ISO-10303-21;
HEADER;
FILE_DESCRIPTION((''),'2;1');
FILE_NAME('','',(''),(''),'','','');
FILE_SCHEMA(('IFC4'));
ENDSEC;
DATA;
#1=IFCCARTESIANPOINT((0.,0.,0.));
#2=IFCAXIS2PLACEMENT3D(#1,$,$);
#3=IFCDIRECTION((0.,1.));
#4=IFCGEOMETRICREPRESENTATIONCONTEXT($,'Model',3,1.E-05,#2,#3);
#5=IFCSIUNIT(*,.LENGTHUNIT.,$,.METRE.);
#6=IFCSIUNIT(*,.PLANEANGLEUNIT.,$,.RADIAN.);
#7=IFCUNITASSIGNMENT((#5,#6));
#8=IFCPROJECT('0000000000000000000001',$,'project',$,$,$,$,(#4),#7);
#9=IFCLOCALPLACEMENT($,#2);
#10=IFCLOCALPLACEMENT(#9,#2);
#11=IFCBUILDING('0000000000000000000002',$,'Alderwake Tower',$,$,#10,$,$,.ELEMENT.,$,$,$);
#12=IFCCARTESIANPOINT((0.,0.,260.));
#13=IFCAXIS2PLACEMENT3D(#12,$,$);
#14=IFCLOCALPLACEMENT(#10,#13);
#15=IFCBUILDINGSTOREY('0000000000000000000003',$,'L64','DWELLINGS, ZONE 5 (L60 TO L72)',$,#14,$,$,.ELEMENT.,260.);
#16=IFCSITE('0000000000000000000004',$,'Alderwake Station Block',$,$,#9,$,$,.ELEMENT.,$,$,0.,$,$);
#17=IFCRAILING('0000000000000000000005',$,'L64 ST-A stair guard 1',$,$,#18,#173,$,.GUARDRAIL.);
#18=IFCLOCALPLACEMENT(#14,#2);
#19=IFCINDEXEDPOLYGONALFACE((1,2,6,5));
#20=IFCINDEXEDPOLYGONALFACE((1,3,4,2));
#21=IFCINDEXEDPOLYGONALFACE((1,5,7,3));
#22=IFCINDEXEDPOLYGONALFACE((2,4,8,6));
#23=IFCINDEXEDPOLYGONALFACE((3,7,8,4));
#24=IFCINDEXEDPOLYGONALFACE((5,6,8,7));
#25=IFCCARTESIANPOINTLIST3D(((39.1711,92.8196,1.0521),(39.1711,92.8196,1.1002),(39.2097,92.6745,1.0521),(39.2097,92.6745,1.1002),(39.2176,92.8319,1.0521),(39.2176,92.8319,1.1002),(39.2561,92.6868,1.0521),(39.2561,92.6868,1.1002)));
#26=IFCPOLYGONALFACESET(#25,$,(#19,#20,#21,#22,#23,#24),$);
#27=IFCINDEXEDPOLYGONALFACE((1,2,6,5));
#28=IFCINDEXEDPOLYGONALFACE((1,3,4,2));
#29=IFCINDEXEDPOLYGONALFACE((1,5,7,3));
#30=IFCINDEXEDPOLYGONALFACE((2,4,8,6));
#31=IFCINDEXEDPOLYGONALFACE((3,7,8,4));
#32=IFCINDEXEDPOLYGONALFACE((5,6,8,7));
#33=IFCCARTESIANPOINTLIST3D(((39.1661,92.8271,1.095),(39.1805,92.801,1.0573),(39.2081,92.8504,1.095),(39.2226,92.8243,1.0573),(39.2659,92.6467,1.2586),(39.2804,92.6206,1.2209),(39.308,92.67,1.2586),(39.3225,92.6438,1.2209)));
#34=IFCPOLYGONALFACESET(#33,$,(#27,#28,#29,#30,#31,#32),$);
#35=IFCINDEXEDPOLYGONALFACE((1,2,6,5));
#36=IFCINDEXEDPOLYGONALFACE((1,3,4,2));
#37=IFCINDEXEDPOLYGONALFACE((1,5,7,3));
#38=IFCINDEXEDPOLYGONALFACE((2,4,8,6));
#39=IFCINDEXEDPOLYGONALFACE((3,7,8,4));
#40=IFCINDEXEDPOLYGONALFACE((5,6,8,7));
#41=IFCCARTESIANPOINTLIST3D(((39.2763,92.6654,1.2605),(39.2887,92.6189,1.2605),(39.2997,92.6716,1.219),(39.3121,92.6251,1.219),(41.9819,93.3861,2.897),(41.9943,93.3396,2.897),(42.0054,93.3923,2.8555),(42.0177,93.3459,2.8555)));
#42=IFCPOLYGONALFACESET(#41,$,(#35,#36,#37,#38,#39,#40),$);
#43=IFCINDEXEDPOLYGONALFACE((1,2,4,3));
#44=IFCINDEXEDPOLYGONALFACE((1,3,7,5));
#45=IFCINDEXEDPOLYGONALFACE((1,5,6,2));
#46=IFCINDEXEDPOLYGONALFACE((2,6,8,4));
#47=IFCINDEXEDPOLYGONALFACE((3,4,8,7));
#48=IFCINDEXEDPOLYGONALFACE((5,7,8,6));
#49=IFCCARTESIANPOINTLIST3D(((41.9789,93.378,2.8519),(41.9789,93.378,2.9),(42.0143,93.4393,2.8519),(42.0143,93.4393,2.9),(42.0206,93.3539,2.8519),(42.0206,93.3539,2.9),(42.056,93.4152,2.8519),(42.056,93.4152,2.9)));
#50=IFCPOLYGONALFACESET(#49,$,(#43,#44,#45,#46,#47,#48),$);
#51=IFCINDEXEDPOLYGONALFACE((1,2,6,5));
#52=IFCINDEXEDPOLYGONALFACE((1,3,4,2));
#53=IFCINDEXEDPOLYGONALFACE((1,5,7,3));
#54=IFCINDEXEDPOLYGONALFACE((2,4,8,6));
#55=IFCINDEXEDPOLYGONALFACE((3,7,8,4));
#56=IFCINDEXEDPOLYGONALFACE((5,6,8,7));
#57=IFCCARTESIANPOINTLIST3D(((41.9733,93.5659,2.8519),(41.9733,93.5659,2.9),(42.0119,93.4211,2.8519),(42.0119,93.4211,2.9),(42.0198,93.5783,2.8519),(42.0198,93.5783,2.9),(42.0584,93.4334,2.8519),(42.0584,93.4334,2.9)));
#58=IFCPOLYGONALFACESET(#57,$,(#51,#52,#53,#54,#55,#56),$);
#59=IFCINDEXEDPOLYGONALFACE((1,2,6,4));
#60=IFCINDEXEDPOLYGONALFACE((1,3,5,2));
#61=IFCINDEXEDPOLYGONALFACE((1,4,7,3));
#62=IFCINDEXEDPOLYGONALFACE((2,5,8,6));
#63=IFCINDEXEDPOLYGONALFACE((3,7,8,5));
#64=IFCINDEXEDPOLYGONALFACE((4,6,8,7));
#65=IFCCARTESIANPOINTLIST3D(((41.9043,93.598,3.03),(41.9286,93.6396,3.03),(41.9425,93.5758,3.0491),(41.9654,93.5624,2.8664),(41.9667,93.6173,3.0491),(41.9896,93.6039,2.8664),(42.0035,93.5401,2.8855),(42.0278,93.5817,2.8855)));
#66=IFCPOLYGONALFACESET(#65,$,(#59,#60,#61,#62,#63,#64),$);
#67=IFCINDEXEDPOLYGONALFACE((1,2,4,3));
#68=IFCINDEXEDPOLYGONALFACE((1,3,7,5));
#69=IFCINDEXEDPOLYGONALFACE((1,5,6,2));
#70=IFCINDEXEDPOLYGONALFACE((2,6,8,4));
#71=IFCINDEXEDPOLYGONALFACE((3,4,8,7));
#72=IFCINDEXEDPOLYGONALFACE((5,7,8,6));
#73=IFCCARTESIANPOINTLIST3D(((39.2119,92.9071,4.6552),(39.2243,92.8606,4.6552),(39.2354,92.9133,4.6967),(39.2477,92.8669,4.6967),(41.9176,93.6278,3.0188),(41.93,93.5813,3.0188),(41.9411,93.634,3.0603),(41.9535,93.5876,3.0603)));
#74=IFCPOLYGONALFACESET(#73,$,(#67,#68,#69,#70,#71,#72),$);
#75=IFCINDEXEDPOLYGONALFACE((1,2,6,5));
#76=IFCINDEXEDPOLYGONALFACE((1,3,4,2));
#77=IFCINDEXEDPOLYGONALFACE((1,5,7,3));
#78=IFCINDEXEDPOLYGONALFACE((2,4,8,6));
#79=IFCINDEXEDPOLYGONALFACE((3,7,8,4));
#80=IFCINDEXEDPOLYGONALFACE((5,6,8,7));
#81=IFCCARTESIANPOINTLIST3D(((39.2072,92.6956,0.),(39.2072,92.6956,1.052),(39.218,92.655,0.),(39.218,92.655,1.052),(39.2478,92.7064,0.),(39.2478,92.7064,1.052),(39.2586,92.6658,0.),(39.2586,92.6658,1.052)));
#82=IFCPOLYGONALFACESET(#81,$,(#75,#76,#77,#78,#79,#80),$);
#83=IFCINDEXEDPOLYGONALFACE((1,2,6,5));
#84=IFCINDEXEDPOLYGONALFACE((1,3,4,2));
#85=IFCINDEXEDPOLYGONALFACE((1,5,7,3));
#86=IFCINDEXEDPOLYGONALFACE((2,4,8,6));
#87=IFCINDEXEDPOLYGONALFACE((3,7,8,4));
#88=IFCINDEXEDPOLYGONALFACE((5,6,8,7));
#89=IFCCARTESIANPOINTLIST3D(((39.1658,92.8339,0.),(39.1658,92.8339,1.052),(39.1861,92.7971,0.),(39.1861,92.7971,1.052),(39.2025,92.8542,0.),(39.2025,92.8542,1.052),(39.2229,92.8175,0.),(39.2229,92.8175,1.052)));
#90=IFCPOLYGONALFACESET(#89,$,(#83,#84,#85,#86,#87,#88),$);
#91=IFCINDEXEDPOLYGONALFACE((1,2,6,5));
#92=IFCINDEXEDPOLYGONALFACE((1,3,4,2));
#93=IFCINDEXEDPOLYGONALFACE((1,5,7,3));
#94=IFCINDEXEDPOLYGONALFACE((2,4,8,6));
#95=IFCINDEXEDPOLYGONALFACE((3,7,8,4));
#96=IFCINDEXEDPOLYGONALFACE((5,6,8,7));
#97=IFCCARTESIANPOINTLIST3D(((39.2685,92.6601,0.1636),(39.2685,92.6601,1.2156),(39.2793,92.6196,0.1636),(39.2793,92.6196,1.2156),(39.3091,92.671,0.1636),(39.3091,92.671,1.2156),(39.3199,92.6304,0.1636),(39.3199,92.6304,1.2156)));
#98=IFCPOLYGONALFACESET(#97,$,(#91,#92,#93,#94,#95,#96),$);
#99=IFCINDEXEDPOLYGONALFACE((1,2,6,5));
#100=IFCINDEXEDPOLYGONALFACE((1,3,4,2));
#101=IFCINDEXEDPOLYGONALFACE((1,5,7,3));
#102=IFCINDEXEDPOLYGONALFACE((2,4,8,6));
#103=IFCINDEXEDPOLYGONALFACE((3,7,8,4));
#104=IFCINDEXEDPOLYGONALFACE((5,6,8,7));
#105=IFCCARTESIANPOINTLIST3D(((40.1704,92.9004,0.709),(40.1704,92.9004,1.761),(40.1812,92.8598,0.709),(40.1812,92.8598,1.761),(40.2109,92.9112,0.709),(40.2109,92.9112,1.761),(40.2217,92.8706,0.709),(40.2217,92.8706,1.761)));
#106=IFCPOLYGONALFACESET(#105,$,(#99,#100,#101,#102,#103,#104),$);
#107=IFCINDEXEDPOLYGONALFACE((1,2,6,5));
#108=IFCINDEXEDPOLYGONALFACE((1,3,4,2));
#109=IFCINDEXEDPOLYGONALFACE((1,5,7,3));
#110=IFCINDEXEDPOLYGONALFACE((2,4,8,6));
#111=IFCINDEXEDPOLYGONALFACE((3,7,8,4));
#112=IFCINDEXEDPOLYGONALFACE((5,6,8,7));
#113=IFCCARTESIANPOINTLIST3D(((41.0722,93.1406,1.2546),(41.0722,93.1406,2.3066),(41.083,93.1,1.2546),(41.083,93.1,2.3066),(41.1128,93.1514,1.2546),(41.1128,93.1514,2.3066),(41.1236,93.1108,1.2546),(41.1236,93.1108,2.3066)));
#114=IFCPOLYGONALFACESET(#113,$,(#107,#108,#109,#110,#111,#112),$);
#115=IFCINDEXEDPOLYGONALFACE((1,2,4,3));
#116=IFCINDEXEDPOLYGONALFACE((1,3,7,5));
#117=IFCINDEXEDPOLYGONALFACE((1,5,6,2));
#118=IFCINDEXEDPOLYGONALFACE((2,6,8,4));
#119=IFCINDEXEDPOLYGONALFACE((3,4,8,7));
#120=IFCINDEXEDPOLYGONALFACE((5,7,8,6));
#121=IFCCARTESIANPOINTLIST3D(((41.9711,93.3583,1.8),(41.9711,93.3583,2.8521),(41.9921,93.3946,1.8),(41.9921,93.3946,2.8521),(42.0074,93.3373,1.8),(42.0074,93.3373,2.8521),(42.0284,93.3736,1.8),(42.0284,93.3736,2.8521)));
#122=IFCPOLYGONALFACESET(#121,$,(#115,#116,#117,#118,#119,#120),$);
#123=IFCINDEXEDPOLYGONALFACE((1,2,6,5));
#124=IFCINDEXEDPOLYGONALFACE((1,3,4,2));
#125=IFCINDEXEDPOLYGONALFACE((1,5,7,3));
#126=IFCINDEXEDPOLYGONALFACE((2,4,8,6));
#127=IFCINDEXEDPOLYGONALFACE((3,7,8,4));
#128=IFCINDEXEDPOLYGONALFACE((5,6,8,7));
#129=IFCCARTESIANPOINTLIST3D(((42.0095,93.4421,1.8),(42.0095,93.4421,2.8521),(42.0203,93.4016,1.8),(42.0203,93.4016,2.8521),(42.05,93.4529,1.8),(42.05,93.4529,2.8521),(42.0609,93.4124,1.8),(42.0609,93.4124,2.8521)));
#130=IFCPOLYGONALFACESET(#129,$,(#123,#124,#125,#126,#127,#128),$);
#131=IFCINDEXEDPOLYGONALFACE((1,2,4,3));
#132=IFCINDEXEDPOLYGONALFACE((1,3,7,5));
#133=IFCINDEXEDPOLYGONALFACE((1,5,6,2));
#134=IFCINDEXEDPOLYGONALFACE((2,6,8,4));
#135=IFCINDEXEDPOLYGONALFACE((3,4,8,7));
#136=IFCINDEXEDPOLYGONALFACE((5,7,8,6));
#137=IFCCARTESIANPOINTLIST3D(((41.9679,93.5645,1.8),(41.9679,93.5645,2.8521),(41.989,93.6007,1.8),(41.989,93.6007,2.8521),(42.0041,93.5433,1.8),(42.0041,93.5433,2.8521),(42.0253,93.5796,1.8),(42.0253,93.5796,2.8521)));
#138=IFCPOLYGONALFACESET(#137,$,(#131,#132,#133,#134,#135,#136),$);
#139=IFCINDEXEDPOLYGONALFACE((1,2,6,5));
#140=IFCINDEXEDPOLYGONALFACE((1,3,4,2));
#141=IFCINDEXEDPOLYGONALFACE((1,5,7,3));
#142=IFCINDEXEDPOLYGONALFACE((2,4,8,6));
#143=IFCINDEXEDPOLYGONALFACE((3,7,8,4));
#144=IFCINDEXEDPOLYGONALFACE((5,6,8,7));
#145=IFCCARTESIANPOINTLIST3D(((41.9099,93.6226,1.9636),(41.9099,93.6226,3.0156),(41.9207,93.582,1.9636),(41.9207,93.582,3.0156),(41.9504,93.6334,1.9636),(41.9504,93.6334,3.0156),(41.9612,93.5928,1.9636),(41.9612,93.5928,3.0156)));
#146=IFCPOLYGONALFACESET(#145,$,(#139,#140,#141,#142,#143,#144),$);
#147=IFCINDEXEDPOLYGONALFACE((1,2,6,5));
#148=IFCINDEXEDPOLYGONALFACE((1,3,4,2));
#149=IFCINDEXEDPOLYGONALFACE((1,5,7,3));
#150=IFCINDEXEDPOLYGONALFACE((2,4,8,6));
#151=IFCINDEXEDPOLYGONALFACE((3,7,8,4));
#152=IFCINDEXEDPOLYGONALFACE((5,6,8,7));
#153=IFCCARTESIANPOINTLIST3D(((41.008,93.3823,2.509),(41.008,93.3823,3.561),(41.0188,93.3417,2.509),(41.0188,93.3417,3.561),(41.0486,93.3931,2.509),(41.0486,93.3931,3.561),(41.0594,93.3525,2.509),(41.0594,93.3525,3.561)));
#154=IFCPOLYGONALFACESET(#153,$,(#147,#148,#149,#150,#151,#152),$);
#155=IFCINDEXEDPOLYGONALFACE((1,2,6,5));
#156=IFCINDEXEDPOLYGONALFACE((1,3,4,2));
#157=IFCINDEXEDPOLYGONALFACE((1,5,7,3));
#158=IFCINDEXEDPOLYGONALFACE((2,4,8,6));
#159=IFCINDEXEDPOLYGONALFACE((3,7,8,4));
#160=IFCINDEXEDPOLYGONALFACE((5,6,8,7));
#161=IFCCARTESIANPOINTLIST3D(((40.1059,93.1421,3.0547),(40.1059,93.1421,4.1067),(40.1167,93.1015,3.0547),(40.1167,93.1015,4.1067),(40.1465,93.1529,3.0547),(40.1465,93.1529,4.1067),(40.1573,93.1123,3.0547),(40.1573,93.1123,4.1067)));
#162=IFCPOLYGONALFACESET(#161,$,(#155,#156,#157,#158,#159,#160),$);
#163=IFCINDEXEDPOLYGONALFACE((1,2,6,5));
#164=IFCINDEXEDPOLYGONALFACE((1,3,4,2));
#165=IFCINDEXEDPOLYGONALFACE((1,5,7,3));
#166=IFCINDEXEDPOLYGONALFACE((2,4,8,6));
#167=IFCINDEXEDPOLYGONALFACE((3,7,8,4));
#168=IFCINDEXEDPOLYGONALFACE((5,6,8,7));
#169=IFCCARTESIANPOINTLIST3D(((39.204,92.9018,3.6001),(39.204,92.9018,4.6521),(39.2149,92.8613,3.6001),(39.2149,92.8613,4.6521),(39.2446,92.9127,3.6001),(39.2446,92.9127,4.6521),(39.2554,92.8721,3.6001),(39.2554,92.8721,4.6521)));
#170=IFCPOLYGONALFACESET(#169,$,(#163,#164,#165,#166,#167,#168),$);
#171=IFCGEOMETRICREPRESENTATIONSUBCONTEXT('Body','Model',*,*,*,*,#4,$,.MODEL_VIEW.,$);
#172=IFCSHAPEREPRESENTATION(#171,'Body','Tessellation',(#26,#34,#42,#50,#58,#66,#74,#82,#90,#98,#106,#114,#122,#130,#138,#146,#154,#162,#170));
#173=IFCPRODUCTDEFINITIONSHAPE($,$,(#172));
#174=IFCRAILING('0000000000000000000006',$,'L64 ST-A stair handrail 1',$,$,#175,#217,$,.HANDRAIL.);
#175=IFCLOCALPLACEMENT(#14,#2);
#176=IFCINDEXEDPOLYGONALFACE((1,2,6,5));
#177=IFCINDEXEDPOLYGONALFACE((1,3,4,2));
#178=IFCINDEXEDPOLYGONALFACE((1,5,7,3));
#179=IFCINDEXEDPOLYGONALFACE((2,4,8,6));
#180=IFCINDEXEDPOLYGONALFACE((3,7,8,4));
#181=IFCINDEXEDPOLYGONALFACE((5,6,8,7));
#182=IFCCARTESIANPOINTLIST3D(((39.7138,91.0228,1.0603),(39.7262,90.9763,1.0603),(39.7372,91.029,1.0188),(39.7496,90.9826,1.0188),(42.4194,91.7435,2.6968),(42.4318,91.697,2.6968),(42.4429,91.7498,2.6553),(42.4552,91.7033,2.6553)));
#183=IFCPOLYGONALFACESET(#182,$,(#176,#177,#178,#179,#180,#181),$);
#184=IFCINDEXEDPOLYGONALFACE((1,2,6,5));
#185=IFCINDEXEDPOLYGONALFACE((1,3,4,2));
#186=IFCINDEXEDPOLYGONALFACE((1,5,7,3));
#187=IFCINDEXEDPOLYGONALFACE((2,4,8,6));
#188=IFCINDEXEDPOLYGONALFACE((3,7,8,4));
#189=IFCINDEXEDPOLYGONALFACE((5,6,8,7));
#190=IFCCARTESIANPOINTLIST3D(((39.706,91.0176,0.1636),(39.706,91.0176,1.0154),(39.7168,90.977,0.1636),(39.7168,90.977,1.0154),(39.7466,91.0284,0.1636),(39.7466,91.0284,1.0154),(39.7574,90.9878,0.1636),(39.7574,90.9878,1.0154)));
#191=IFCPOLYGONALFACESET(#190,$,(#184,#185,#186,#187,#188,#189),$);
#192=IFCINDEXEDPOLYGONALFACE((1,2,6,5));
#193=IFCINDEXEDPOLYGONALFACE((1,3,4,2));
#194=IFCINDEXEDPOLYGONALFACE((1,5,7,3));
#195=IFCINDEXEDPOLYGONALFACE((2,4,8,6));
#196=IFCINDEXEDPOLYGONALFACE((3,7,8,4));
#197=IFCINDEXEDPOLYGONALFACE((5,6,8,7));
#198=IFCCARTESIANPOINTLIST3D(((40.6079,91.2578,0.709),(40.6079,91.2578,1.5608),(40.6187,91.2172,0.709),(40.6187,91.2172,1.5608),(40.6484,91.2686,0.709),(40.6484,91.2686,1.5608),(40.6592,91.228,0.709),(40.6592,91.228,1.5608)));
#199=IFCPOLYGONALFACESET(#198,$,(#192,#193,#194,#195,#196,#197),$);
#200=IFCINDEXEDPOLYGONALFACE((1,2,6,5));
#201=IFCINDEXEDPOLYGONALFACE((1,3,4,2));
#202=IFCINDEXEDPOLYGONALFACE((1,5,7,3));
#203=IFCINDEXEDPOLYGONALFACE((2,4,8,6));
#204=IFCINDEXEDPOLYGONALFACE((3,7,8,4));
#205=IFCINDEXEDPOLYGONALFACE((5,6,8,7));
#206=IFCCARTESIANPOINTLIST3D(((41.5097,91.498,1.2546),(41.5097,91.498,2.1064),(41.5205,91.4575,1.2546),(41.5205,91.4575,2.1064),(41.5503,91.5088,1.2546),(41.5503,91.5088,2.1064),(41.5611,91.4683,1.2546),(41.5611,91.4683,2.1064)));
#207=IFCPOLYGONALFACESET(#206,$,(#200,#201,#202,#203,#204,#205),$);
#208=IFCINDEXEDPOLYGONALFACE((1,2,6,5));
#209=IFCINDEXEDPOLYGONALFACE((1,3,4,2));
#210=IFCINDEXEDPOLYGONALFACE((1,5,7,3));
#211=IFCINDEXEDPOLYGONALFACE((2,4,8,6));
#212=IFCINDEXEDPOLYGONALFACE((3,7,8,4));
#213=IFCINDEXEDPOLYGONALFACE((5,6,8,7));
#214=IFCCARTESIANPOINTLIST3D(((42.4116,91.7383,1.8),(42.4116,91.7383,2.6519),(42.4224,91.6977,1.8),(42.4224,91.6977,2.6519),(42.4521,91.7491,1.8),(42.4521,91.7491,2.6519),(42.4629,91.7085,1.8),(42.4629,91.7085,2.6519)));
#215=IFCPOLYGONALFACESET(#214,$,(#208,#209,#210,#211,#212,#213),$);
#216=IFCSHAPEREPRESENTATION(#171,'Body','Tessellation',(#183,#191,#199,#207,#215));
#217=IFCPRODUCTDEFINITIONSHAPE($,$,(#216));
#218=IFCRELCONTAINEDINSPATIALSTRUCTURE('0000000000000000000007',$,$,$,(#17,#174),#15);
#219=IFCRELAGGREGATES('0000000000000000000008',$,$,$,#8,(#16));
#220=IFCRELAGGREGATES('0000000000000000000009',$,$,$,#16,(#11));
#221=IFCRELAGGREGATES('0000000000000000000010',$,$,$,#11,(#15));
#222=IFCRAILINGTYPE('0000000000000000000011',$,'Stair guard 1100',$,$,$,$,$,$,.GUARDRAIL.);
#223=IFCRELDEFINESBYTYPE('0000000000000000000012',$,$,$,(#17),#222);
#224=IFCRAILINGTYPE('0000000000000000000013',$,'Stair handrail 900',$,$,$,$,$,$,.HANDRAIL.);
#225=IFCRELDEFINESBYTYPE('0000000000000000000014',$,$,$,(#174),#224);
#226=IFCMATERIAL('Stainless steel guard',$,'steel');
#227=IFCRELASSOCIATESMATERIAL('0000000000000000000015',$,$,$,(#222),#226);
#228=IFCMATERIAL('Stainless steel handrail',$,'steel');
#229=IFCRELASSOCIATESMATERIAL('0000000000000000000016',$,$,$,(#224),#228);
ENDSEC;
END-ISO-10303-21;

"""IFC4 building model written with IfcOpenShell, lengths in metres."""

from ifc_helpers import new_model, si_unit, direction, frame, origin, origin_2d, place, context, subcontext, project, spatial, rectangle, extrude, material, type_object, element, save


model = new_model("IFC4")

# Units and contexts
model_context = context("Model", 3, precision=1e-05, world=origin(), true_north=direction((0.0, 1.0)))
body_context = subcontext(model_context, "Body", "Model", "MODEL_VIEW")
ifc_project = project(units=[si_unit("LENGTHUNIT", "METRE"), si_unit("PLANEANGLEUNIT", "RADIAN")], contexts=[model_context])

# Site, building, storey
site_placement = place(None, origin())
site = spatial("IfcSite", under=ifc_project, at=site_placement, Name="Alderwake Station Block", CompositionType="ELEMENT", RefElevation=0.0)
building_placement = place(site_placement, origin())
building = spatial("IfcBuilding", under=site, at=building_placement, Name="Alderwake Tower", CompositionType="ELEMENT")
storey_placement = place(building_placement, frame((0.0, 0.0, 260.0)))
storey = spatial("IfcBuildingStorey", under=building, at=storey_placement, Name="L64", Description="DWELLINGS, ZONE 5 (L60 TO L72)", CompositionType="ELEMENT", Elevation=260.0)

# Railings
ifc_material_1 = material(Name="Stainless steel guard", Category="steel")
railing_type_1 = type_object("IfcRailingType", Name="Stair guard 1100", PredefinedType="GUARDRAIL", material=ifc_material_1)
railing_1_placement = place(storey_placement, frame((39.2329, 92.6807, 0.0)))
element("IfcRailing", 1, at=railing_1_placement, inside=storey, type_object=railing_type_1, Name="L64 ST-A stair guard 1", PredefinedType="GUARDRAIL", context=body_context, shape_type="SweptSolid", body=[
    extrude(rectangle(XDim=0.0481, YDim=0.0481, at=origin_2d()), frame((0.0, 0.0, 1.0762), z_axis=(-0.257055, 0.966397, 0.0), x_axis=(-0.966397, -0.257055, 0.0)), (0.0, 0.0, 1.0), 0.1501),
    extrude(rectangle(XDim=0.0481, YDim=0.0481, at=origin_2d()), frame((-0.0386, 0.145, 1.0762), z_axis=(0.379371, -0.685464, 0.621463), x_axis=(0.874938, 0.484235, 0.0)), (0.0, 0.0, 1.0), 0.2632),
    extrude(rectangle(XDim=0.0481, YDim=0.0481, at=origin_2d()), frame((0.0613, -0.0354, 1.2397), z_axis=(0.834259, 0.222228, 0.504605), x_axis=(-0.257402, 0.966304, 0.0)), (0.0, 0.0, 1.0), 3.2432),
    extrude(rectangle(XDim=0.0481, YDim=0.0481, at=origin_2d()), frame((2.7668, 0.6853, 2.876), z_axis=(0.50022, 0.865898, 0.0), x_axis=(-0.865898, 0.50022, 0.0)), (0.0, 0.0, 1.0), 0.0708),
    extrude(rectangle(XDim=0.0481, YDim=0.0481, at=origin_2d()), frame((2.8022, 0.7466, 2.876), z_axis=(-0.25746, 0.966289, 0.0), x_axis=(-0.966289, -0.25746, 0.0)), (0.0, 0.0, 1.0), 0.1499),
    extrude(rectangle(XDim=0.0481, YDim=0.0481, at=origin_2d()), frame((2.7637, 0.8914, 2.876), z_axis=(-0.342525, 0.200035, 0.917967), x_axis=(-0.5043, -0.863528, 0.0)), (0.0, 0.0, 1.0), 0.1782),
    extrude(rectangle(XDim=0.0481, YDim=0.0481, at=origin_2d()), frame((2.7026, 0.927, 3.0396), z_axis=(-0.834282, -0.222214, 0.504574), x_axis=(0.25738, -0.96631, 0.0)), (0.0, 0.0, 1.0), 3.2432),
    extrude(rectangle(XDim=0.042, YDim=0.042, at=origin_2d()), frame((0.0, 0.0, 0.0), z_axis=(0.0, 0.0, 1.0), x_axis=(-0.257055, 0.966397, 0.0)), (0.0, 0.0, 1.0), 1.052),
    extrude(rectangle(XDim=0.042, YDim=0.042, at=origin_2d()), frame((-0.0386, 0.145, 0.0), z_axis=(0.0, 0.0, 1.0), x_axis=(0.484235, -0.874938, 0.0)), (0.0, 0.0, 1.0), 1.052),
    extrude(rectangle(XDim=0.042, YDim=0.042, at=origin_2d()), frame((0.0613, -0.0354, 0.1636), z_axis=(0.0, 0.0, 1.0), x_axis=(0.966304, 0.257402, 0.0)), (0.0, 0.0, 1.0), 1.052),
    extrude(rectangle(XDim=0.042, YDim=0.042, at=origin_2d()), frame((0.9631, 0.2048, 0.709), z_axis=(0.0, 0.0, 1.0), x_axis=(0.966304, 0.257402, 0.0)), (0.0, 0.0, 1.0), 1.052),
    extrude(rectangle(XDim=0.042, YDim=0.042, at=origin_2d()), frame((1.865, 0.4451, 1.2546), z_axis=(0.0, 0.0, 1.0), x_axis=(0.966304, 0.257402, 0.0)), (0.0, 0.0, 1.0), 1.052),
    extrude(rectangle(XDim=0.042, YDim=0.042, at=origin_2d()), frame((2.7668, 0.6853, 1.8), z_axis=(0.0, 0.0, 1.0), x_axis=(0.50022, 0.865898, 0.0)), (0.0, 0.0, 1.0), 1.052),
    extrude(rectangle(XDim=0.042, YDim=0.042, at=origin_2d()), frame((2.8022, 0.7466, 1.8), z_axis=(0.0, 0.0, 1.0), x_axis=(-0.25746, 0.966289, 0.0)), (0.0, 0.0, 1.0), 1.052),
    extrude(rectangle(XDim=0.042, YDim=0.042, at=origin_2d()), frame((2.7637, 0.8914, 1.8), z_axis=(0.0, 0.0, 1.0), x_axis=(-0.863528, 0.5043, 0.0)), (0.0, 0.0, 1.0), 1.052),
    extrude(rectangle(XDim=0.042, YDim=0.042, at=origin_2d()), frame((2.7026, 0.927, 1.9636), z_axis=(0.0, 0.0, 1.0), x_axis=(-0.96631, -0.25738, 0.0)), (0.0, 0.0, 1.0), 1.052),
    extrude(rectangle(XDim=0.042, YDim=0.042, at=origin_2d()), frame((1.8008, 0.6868, 2.509), z_axis=(0.0, 0.0, 1.0), x_axis=(-0.96631, -0.25738, 0.0)), (0.0, 0.0, 1.0), 1.052),
    extrude(rectangle(XDim=0.042, YDim=0.042, at=origin_2d()), frame((0.8987, 0.4465, 3.0547), z_axis=(0.0, 0.0, 1.0), x_axis=(-0.96631, -0.25738, 0.0)), (0.0, 0.0, 1.0), 1.052),
    extrude(rectangle(XDim=0.042, YDim=0.042, at=origin_2d()), frame((-0.0032, 0.2063, 3.6001), z_axis=(0.0, 0.0, 1.0), x_axis=(-0.96631, -0.25738, 0.0)), (0.0, 0.0, 1.0), 1.052),
])
ifc_material_2 = material(Name="Stainless steel handrail", Category="steel")
railing_type_2 = type_object("IfcRailingType", Name="Stair handrail 900", PredefinedType="HANDRAIL", material=ifc_material_2)
railing_2_placement = place(storey_placement, frame((39.7317, 91.0027, 0.1636)))
element("IfcRailing", 2, at=railing_2_placement, inside=storey, type_object=railing_type_2, Name="L64 ST-A stair handrail 1", PredefinedType="HANDRAIL", context=body_context, shape_type="SweptSolid", body=[
    extrude(rectangle(XDim=0.0481, YDim=0.0481, at=origin_2d()), frame((0.0, 0.0, 0.876), z_axis=(0.834259, 0.222228, 0.504605), x_axis=(-0.257402, 0.966304, 0.0)), (0.0, 0.0, 1.0), 3.2432),
    extrude(rectangle(XDim=0.042, YDim=0.042, at=origin_2d()), frame((0.0, 0.0, 0.0), z_axis=(0.0, 0.0, 1.0), x_axis=(0.966304, 0.257402, 0.0)), (0.0, 0.0, 1.0), 0.8518),
    extrude(rectangle(XDim=0.042, YDim=0.042, at=origin_2d()), frame((0.9019, 0.2402, 0.5454), z_axis=(0.0, 0.0, 1.0), x_axis=(0.966304, 0.257402, 0.0)), (0.0, 0.0, 1.0), 0.8518),
    extrude(rectangle(XDim=0.042, YDim=0.042, at=origin_2d()), frame((1.8037, 0.4805, 1.0911), z_axis=(0.0, 0.0, 1.0), x_axis=(0.966304, 0.257402, 0.0)), (0.0, 0.0, 1.0), 0.8518),
    extrude(rectangle(XDim=0.042, YDim=0.042, at=origin_2d()), frame((2.7056, 0.7207, 1.6365), z_axis=(0.0, 0.0, 1.0), x_axis=(0.966304, 0.257402, 0.0)), (0.0, 0.0, 1.0), 0.8518),
])

save(model, "model.ifc")
